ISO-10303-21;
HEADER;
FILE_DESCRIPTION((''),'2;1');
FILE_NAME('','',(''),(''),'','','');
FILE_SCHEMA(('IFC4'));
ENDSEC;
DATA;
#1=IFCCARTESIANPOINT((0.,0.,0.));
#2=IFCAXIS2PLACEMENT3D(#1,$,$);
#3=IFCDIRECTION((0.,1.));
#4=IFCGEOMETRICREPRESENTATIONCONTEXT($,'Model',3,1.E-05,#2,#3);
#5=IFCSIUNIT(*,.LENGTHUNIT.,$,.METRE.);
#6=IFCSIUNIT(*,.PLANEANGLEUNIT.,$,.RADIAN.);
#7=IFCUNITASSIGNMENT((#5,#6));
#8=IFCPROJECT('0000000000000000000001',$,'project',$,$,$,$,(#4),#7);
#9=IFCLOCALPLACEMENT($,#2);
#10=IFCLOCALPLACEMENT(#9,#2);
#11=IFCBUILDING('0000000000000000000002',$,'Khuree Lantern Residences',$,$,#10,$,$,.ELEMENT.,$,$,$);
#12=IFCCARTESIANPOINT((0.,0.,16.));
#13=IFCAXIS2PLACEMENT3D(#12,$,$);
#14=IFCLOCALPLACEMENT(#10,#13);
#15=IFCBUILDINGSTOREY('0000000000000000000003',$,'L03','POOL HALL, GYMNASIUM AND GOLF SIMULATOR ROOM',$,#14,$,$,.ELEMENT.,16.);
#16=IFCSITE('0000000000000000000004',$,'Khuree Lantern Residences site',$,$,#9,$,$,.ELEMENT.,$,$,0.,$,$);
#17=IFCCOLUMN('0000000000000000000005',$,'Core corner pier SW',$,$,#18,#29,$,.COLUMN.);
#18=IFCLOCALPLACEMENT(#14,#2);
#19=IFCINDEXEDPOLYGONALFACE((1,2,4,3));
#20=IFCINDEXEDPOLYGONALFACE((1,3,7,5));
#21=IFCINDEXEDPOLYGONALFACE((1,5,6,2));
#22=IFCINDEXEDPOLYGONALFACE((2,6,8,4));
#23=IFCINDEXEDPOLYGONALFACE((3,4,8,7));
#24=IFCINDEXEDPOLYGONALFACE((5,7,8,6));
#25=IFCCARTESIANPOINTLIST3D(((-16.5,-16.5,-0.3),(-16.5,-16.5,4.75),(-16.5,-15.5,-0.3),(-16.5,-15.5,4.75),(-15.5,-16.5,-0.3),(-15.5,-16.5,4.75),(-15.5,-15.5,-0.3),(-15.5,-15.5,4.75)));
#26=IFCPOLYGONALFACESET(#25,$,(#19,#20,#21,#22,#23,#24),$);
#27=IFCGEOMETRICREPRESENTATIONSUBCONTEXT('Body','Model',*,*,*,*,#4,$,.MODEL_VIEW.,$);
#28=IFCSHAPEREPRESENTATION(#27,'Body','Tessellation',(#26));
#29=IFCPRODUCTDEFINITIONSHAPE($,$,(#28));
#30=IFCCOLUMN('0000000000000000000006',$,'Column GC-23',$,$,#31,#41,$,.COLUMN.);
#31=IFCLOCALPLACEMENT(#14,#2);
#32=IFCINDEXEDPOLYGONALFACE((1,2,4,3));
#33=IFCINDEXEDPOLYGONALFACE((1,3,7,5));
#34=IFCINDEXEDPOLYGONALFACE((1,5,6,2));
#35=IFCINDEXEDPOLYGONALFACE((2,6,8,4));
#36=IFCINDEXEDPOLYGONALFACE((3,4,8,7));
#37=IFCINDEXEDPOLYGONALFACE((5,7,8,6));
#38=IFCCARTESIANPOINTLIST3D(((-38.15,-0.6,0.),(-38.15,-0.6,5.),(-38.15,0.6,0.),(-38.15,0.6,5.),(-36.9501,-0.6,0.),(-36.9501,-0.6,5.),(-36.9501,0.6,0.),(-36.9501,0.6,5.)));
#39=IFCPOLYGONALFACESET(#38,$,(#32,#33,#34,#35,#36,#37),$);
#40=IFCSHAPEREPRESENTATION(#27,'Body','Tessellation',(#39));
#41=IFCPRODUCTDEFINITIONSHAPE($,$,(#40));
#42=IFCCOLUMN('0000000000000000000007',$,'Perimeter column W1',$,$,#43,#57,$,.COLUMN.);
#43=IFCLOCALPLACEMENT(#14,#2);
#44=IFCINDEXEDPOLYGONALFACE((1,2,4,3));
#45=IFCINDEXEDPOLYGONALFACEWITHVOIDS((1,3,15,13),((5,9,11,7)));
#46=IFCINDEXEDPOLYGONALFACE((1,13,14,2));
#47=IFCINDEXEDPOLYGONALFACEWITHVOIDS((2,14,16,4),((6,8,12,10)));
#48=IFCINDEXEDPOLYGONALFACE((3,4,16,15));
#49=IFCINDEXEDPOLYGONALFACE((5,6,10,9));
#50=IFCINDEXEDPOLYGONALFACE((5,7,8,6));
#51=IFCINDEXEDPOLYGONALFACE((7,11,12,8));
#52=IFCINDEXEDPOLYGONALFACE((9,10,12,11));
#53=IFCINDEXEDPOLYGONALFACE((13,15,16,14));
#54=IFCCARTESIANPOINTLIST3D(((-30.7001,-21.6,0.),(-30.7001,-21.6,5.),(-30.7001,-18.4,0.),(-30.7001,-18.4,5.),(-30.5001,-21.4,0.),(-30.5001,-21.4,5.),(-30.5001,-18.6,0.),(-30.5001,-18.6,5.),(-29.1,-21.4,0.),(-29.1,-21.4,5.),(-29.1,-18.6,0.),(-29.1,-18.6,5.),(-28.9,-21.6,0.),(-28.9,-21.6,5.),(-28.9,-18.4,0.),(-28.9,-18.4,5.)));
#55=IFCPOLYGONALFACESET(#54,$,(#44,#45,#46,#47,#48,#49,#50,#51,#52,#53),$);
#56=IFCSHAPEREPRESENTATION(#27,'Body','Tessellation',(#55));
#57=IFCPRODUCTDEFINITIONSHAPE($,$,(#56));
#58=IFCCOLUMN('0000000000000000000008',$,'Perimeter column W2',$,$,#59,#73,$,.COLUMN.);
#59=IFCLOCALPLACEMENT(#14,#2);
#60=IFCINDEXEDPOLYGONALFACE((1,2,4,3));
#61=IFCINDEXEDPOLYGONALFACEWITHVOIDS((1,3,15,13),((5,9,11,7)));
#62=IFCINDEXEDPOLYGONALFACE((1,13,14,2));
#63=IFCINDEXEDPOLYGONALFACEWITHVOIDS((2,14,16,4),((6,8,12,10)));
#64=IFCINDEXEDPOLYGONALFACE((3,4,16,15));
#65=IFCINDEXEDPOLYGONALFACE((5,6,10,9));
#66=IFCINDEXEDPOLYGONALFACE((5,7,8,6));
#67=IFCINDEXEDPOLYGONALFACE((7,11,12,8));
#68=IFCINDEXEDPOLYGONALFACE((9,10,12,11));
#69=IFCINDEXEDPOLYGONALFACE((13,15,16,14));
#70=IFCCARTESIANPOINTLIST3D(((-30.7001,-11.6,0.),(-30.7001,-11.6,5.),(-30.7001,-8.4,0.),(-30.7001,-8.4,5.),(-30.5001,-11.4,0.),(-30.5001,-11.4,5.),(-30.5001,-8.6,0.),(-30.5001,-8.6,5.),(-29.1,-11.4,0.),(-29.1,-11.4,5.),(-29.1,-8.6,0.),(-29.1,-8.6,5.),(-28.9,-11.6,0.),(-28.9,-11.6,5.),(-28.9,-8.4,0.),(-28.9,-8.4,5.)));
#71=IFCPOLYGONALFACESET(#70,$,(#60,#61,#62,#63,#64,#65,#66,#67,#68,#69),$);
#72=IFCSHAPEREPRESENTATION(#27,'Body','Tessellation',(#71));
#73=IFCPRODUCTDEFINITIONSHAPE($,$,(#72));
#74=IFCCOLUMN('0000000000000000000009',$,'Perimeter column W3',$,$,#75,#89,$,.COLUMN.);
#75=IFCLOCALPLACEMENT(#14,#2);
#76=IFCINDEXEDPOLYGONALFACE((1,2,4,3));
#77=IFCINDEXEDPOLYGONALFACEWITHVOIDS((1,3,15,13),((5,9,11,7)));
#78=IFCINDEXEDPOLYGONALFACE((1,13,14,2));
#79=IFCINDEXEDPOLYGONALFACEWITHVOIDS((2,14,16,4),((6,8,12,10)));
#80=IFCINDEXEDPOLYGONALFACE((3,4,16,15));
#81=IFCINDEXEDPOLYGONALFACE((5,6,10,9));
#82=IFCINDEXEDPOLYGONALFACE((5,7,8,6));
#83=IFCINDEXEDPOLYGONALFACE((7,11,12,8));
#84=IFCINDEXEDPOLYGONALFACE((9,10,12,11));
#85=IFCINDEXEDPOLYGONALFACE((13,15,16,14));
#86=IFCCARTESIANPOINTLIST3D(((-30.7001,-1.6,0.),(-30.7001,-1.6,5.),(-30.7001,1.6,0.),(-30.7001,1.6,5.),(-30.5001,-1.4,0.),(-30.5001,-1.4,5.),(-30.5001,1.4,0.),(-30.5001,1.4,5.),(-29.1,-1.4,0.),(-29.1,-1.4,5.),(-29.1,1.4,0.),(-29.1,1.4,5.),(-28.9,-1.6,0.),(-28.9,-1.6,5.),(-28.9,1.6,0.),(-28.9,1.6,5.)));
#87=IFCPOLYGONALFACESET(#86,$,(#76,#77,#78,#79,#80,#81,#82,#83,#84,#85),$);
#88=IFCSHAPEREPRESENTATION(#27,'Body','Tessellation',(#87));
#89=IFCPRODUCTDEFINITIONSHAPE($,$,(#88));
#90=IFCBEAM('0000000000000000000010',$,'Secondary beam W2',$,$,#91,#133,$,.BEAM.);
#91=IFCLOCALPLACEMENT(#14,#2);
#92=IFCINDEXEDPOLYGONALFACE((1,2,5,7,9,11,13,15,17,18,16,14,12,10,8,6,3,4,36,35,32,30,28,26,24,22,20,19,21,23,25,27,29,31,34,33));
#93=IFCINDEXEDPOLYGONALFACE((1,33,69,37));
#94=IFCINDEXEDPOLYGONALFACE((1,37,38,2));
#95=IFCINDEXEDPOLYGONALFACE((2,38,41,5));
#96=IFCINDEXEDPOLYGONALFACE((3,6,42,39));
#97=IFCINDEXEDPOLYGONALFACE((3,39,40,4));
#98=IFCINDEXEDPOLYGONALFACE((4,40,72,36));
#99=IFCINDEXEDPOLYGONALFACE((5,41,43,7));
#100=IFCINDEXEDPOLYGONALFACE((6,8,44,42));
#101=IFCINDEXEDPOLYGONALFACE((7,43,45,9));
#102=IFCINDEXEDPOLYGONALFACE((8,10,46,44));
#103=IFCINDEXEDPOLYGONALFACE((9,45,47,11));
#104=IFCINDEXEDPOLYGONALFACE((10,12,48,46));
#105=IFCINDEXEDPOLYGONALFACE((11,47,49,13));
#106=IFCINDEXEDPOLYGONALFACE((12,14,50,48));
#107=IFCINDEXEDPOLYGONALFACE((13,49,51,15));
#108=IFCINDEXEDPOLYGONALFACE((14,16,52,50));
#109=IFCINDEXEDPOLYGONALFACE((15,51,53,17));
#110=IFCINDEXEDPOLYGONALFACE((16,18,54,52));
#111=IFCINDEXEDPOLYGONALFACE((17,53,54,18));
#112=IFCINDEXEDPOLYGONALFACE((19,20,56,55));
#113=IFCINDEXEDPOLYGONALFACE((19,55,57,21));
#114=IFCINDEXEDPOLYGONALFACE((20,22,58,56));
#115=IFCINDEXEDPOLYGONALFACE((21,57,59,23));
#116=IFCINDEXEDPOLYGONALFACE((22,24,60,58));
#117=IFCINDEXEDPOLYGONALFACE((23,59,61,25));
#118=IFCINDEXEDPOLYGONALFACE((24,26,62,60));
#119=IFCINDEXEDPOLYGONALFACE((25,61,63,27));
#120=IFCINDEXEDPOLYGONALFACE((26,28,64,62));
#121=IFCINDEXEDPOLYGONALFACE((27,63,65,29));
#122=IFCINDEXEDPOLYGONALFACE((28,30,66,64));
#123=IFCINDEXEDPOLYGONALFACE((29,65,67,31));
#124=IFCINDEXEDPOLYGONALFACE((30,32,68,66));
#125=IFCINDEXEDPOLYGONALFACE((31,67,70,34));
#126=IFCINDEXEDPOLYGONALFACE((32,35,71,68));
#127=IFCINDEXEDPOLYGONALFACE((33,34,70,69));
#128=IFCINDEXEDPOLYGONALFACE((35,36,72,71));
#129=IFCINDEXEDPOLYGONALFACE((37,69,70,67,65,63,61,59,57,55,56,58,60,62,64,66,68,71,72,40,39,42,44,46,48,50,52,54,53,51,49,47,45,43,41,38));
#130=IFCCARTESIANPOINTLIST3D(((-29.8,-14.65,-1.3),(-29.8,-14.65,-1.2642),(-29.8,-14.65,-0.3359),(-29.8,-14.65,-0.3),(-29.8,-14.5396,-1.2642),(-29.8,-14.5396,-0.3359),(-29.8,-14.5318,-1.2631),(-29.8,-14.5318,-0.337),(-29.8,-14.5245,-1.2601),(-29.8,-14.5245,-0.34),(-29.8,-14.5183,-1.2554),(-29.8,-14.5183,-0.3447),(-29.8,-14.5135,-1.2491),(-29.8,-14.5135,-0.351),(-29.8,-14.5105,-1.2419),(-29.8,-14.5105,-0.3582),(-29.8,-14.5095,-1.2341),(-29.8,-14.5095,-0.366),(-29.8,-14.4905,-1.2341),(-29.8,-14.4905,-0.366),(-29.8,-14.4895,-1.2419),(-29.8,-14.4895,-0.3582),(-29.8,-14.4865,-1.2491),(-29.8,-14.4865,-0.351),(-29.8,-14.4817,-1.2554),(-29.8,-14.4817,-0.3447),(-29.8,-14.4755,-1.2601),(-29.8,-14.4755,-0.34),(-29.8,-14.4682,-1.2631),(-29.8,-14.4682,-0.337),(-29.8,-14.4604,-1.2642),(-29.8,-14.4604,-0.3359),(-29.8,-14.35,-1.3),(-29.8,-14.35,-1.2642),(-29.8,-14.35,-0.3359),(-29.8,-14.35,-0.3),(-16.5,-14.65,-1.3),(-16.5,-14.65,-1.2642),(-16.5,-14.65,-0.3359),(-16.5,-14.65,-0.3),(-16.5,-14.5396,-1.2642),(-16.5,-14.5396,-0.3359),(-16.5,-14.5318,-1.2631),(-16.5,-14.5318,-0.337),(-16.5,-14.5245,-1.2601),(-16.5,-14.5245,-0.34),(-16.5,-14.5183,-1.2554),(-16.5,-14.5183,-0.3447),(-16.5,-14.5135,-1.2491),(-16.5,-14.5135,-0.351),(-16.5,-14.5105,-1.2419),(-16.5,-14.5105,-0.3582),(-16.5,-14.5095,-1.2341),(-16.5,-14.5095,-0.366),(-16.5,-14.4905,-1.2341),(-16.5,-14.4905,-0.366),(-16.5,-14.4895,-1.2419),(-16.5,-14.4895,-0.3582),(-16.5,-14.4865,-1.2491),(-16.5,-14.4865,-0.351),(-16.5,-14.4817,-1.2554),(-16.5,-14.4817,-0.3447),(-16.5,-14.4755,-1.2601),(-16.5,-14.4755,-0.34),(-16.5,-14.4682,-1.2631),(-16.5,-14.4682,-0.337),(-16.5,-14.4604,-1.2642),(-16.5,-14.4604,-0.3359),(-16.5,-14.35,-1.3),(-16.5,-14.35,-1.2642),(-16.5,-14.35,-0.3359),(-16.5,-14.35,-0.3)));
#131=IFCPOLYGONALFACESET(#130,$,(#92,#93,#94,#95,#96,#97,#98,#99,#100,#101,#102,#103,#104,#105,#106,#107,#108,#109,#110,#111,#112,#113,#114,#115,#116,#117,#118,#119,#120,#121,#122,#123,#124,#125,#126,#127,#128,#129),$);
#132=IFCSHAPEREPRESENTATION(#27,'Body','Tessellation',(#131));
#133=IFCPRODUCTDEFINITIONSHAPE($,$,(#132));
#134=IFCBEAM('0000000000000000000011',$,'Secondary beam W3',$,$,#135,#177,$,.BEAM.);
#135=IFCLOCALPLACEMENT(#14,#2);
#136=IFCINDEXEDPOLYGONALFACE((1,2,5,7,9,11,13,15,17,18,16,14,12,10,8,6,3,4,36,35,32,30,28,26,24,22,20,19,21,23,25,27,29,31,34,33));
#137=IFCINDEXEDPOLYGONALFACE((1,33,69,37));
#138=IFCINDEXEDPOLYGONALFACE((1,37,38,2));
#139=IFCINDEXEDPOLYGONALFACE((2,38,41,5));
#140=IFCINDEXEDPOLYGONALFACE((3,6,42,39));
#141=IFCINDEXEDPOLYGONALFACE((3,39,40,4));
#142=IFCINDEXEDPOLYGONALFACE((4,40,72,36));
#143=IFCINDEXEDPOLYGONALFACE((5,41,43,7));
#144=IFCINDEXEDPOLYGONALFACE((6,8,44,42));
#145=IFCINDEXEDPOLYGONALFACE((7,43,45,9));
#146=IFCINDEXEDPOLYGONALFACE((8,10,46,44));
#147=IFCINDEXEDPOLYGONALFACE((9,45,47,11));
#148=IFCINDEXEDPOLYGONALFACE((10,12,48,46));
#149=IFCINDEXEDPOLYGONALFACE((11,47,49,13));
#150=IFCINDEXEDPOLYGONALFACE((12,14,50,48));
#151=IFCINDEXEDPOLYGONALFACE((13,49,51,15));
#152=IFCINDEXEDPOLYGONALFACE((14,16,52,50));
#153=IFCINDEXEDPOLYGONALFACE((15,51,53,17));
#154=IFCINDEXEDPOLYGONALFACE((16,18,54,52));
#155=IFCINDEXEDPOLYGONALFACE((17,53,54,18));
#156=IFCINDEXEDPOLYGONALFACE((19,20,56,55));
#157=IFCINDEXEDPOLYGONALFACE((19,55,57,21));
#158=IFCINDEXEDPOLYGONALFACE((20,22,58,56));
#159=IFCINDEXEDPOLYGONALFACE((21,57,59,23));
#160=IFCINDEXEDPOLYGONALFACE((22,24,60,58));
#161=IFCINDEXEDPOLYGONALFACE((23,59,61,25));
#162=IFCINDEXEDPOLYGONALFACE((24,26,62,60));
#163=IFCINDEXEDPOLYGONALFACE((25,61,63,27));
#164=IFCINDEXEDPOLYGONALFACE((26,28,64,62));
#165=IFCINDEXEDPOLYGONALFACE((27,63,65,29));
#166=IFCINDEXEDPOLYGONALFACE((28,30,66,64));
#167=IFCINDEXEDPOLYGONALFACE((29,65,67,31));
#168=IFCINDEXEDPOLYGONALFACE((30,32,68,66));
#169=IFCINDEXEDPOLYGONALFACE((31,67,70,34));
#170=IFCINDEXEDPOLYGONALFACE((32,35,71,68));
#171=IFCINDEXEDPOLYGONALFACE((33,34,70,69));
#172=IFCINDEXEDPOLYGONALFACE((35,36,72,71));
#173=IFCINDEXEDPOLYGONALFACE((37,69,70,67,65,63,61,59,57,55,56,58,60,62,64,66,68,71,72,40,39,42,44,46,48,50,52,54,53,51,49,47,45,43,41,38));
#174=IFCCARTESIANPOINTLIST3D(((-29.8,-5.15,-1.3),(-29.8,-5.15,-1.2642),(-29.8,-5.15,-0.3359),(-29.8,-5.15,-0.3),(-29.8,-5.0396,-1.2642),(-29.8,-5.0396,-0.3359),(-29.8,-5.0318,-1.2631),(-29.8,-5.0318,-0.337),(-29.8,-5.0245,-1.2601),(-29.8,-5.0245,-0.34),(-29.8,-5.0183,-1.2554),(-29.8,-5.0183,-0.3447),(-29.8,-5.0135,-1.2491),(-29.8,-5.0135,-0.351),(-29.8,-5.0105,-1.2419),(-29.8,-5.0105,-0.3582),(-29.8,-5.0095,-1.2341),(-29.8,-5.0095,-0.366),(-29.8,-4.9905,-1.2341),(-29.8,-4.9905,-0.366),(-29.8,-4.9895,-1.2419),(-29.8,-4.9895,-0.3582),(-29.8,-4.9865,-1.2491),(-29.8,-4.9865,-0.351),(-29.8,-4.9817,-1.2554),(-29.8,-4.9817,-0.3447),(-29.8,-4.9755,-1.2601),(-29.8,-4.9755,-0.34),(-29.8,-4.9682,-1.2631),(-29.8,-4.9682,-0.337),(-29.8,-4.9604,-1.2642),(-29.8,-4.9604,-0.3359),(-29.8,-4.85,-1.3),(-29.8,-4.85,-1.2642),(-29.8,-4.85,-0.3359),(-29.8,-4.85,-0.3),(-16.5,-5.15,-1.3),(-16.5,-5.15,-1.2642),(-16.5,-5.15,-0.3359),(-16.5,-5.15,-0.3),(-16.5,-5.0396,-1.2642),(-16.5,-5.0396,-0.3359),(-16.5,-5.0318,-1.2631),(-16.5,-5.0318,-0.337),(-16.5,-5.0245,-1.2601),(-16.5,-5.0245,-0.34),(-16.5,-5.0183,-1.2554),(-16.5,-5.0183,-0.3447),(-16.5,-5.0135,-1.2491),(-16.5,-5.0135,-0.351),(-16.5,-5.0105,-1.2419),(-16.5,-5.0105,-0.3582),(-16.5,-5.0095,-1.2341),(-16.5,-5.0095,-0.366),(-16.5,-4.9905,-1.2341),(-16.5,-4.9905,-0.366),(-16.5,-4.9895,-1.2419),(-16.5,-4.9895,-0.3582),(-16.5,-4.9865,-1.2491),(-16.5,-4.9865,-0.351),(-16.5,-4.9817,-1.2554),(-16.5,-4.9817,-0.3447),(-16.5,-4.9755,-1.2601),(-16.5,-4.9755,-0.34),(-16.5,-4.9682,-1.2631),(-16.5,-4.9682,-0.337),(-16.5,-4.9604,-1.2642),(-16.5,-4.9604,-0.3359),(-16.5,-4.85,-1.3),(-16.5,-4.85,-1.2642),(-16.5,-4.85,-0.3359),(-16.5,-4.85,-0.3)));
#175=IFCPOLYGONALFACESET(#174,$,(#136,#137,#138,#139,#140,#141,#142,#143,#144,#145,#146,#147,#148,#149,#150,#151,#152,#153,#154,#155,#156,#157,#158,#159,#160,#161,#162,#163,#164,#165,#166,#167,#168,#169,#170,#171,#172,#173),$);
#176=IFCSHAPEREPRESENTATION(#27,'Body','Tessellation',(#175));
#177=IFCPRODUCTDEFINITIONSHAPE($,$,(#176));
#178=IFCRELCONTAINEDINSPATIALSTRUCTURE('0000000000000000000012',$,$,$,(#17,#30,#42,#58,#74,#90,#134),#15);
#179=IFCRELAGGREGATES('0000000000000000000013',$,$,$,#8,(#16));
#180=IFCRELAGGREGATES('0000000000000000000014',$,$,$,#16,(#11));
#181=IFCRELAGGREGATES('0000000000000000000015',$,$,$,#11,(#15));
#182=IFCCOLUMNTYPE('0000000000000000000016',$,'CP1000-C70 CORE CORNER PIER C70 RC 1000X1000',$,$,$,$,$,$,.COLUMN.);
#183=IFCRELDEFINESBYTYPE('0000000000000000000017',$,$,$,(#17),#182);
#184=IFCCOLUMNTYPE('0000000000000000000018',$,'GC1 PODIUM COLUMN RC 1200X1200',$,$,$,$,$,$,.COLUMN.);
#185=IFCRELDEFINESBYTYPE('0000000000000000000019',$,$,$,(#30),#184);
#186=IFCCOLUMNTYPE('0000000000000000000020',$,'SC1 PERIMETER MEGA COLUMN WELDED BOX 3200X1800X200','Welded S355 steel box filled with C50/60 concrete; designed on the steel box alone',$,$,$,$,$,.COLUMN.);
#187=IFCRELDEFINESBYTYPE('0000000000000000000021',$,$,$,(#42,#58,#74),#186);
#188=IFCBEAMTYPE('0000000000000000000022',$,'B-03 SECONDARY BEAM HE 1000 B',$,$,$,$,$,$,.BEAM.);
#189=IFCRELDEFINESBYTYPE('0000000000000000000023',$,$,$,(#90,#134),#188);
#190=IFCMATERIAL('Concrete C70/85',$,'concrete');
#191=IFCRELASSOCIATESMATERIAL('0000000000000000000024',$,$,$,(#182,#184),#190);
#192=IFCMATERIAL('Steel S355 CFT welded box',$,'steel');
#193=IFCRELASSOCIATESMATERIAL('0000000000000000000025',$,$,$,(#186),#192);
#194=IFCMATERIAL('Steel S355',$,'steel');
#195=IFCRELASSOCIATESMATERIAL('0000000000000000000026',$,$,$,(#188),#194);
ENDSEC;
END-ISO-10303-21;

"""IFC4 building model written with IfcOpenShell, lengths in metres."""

from ifc_helpers import new_model, si_unit, direction, frame, origin, origin_2d, place, context, subcontext, project, spatial, rectangle, hollow_rectangle, i_section, extrude, material, material_profile, profile_set, type_object, element, save


model = new_model("IFC4")

# Units and contexts
model_context = context("Model", 3, precision=1e-05, world=origin(), true_north=direction((0.0, 1.0)))
body_context = subcontext(model_context, "Body", "Model", "MODEL_VIEW")
ifc_project = project(units=[si_unit("LENGTHUNIT", "METRE"), si_unit("PLANEANGLEUNIT", "RADIAN")], contexts=[model_context])

# Site, building, storey
site_placement = place(None, origin())
site = spatial("IfcSite", under=ifc_project, at=site_placement, Name="Khuree Lantern Residences site", CompositionType="ELEMENT", RefElevation=0.0)
building_placement = place(site_placement, origin())
building = spatial("IfcBuilding", under=site, at=building_placement, Name="Khuree Lantern Residences", CompositionType="ELEMENT")
storey_placement = place(building_placement, frame((0.0, 0.0, 16.0)))
storey = spatial("IfcBuildingStorey", under=building, at=storey_placement, Name="L03", Description="POOL HALL, GYMNASIUM AND GOLF SIMULATOR ROOM", CompositionType="ELEMENT", Elevation=16.0)

# Columns
ifc_material_1 = material(Name="Concrete C70/85", Category="concrete")
ifc_material_profile_1 = material_profile(ifc_material_1, rectangle(XDim=1.0, YDim=1.0, at=origin_2d()), Name="RC 1000X1000")
ifc_profile_set_1 = profile_set([ifc_material_profile_1], Name="Concrete C70/85")
column_type_1 = type_object("IfcColumnType", Name="CP1000-C70 CORE CORNER PIER C70 RC 1000X1000", PredefinedType="COLUMN", material=ifc_profile_set_1)
column_1_placement = place(storey_placement, frame((-16.0, -16.0, -0.3), z_axis=(0.0, 0.0, 1.0), x_axis=(1.0, 0.0, 0.0)))
element("IfcColumn", 1, at=column_1_placement, inside=storey, type_object=column_type_1, Name="Core corner pier SW", PredefinedType="COLUMN", context=body_context, shape_type="SweptSolid", body=[
    extrude(rectangle(XDim=1.0, YDim=1.0, at=origin_2d()), origin(), (0.0, 0.0, 1.0), 5.05),
])
ifc_material_profile_2 = material_profile(ifc_material_1, rectangle(XDim=1.2, YDim=1.2, at=origin_2d()), Name="RC 1200X1200")
ifc_profile_set_2 = profile_set([ifc_material_profile_2], Name="Concrete C70/85")
column_type_2 = type_object("IfcColumnType", Name="GC1 PODIUM COLUMN RC 1200X1200", PredefinedType="COLUMN", material=ifc_profile_set_2)
column_2_placement = place(storey_placement, frame((-37.55, 0.0, 0.0), z_axis=(0.0, 0.0, 1.0), x_axis=(1.0, 0.0, 0.0)))
element("IfcColumn", 2, at=column_2_placement, inside=storey, type_object=column_type_2, Name="Column GC-23", PredefinedType="COLUMN", context=body_context, shape_type="SweptSolid", body=[
    extrude(rectangle(XDim=1.2, YDim=1.2, at=origin_2d()), origin(), (0.0, 0.0, 1.0), 5.0),
])
ifc_material_2 = material(Name="Steel S355 CFT welded box", Category="steel")
ifc_material_profile_3 = material_profile(ifc_material_2, hollow_rectangle(XDim=3.2, YDim=1.8, WallThickness=0.2, at=origin_2d()), Name="WELDED BOX 3200X1800X200")
ifc_profile_set_3 = profile_set([ifc_material_profile_3], Name="Steel S355 CFT welded box")
column_type_3 = type_object("IfcColumnType", Name="SC1 PERIMETER MEGA COLUMN WELDED BOX 3200X1800X200", Description="Welded S355 steel box filled with C50/60 concrete; designed on the steel box alone", PredefinedType="COLUMN", material=ifc_profile_set_3)
for number, where, z_axis, x_axis, name in (
    (3, (-29.8, -20.0, 0.0), (0.0, 0.0, 1.0), (0.0, 1.0, 0.0), "Perimeter column W1"),
    (4, (-29.8, -10.0, 0.0), (0.0, 0.0, 1.0), (0.0, 1.0, 0.0), "Perimeter column W2"),
    (5, (-29.8, 0.0, 0.0), (0.0, 0.0, 1.0), (0.0, 1.0, 0.0), "Perimeter column W3"),
):
    element("IfcColumn", number, at=place(storey_placement, frame(where, z_axis=z_axis, x_axis=x_axis)), inside=storey, type_object=column_type_3, Name=name, PredefinedType="COLUMN", context=body_context, shape_type="SweptSolid", body=[
        extrude(hollow_rectangle(XDim=3.2, YDim=1.8, WallThickness=0.2, at=origin_2d()), origin(), (0.0, 0.0, 1.0), 5.0),
    ])

# Beams
ifc_material_3 = material(Name="Steel S355", Category="steel")
ifc_material_profile_4 = material_profile(ifc_material_3, i_section(OverallWidth=0.3, OverallDepth=1.0, WebThickness=0.019, FlangeThickness=0.0359, FilletRadius=0.03, at=origin_2d()), Name="HE 1000 B")
ifc_profile_set_4 = profile_set([ifc_material_profile_4], Name="Steel S355")
beam_type_1 = type_object("IfcBeamType", Name="B-03 SECONDARY BEAM HE 1000 B", PredefinedType="BEAM", material=ifc_profile_set_4)
for number, where, z_axis, x_axis, name in (
    (6, (-29.8, -14.5, -0.8), (1.0, 0.0, 0.0), (0.0, 1.0, 0.0), "Secondary beam W2"),
    (7, (-29.8, -5.0, -0.8), (1.0, 0.0, 0.0), (0.0, 1.0, 0.0), "Secondary beam W3"),
):
    element("IfcBeam", number, at=place(storey_placement, frame(where, z_axis=z_axis, x_axis=x_axis)), inside=storey, type_object=beam_type_1, Name=name, PredefinedType="BEAM", context=body_context, shape_type="SweptSolid", body=[
        extrude(i_section(OverallWidth=0.3, OverallDepth=1.0, WebThickness=0.019, FlangeThickness=0.0359, FilletRadius=0.03, at=origin_2d()), origin(), (0.0, 0.0, 1.0), 13.3),
    ])

save(model, "model.ifc")
